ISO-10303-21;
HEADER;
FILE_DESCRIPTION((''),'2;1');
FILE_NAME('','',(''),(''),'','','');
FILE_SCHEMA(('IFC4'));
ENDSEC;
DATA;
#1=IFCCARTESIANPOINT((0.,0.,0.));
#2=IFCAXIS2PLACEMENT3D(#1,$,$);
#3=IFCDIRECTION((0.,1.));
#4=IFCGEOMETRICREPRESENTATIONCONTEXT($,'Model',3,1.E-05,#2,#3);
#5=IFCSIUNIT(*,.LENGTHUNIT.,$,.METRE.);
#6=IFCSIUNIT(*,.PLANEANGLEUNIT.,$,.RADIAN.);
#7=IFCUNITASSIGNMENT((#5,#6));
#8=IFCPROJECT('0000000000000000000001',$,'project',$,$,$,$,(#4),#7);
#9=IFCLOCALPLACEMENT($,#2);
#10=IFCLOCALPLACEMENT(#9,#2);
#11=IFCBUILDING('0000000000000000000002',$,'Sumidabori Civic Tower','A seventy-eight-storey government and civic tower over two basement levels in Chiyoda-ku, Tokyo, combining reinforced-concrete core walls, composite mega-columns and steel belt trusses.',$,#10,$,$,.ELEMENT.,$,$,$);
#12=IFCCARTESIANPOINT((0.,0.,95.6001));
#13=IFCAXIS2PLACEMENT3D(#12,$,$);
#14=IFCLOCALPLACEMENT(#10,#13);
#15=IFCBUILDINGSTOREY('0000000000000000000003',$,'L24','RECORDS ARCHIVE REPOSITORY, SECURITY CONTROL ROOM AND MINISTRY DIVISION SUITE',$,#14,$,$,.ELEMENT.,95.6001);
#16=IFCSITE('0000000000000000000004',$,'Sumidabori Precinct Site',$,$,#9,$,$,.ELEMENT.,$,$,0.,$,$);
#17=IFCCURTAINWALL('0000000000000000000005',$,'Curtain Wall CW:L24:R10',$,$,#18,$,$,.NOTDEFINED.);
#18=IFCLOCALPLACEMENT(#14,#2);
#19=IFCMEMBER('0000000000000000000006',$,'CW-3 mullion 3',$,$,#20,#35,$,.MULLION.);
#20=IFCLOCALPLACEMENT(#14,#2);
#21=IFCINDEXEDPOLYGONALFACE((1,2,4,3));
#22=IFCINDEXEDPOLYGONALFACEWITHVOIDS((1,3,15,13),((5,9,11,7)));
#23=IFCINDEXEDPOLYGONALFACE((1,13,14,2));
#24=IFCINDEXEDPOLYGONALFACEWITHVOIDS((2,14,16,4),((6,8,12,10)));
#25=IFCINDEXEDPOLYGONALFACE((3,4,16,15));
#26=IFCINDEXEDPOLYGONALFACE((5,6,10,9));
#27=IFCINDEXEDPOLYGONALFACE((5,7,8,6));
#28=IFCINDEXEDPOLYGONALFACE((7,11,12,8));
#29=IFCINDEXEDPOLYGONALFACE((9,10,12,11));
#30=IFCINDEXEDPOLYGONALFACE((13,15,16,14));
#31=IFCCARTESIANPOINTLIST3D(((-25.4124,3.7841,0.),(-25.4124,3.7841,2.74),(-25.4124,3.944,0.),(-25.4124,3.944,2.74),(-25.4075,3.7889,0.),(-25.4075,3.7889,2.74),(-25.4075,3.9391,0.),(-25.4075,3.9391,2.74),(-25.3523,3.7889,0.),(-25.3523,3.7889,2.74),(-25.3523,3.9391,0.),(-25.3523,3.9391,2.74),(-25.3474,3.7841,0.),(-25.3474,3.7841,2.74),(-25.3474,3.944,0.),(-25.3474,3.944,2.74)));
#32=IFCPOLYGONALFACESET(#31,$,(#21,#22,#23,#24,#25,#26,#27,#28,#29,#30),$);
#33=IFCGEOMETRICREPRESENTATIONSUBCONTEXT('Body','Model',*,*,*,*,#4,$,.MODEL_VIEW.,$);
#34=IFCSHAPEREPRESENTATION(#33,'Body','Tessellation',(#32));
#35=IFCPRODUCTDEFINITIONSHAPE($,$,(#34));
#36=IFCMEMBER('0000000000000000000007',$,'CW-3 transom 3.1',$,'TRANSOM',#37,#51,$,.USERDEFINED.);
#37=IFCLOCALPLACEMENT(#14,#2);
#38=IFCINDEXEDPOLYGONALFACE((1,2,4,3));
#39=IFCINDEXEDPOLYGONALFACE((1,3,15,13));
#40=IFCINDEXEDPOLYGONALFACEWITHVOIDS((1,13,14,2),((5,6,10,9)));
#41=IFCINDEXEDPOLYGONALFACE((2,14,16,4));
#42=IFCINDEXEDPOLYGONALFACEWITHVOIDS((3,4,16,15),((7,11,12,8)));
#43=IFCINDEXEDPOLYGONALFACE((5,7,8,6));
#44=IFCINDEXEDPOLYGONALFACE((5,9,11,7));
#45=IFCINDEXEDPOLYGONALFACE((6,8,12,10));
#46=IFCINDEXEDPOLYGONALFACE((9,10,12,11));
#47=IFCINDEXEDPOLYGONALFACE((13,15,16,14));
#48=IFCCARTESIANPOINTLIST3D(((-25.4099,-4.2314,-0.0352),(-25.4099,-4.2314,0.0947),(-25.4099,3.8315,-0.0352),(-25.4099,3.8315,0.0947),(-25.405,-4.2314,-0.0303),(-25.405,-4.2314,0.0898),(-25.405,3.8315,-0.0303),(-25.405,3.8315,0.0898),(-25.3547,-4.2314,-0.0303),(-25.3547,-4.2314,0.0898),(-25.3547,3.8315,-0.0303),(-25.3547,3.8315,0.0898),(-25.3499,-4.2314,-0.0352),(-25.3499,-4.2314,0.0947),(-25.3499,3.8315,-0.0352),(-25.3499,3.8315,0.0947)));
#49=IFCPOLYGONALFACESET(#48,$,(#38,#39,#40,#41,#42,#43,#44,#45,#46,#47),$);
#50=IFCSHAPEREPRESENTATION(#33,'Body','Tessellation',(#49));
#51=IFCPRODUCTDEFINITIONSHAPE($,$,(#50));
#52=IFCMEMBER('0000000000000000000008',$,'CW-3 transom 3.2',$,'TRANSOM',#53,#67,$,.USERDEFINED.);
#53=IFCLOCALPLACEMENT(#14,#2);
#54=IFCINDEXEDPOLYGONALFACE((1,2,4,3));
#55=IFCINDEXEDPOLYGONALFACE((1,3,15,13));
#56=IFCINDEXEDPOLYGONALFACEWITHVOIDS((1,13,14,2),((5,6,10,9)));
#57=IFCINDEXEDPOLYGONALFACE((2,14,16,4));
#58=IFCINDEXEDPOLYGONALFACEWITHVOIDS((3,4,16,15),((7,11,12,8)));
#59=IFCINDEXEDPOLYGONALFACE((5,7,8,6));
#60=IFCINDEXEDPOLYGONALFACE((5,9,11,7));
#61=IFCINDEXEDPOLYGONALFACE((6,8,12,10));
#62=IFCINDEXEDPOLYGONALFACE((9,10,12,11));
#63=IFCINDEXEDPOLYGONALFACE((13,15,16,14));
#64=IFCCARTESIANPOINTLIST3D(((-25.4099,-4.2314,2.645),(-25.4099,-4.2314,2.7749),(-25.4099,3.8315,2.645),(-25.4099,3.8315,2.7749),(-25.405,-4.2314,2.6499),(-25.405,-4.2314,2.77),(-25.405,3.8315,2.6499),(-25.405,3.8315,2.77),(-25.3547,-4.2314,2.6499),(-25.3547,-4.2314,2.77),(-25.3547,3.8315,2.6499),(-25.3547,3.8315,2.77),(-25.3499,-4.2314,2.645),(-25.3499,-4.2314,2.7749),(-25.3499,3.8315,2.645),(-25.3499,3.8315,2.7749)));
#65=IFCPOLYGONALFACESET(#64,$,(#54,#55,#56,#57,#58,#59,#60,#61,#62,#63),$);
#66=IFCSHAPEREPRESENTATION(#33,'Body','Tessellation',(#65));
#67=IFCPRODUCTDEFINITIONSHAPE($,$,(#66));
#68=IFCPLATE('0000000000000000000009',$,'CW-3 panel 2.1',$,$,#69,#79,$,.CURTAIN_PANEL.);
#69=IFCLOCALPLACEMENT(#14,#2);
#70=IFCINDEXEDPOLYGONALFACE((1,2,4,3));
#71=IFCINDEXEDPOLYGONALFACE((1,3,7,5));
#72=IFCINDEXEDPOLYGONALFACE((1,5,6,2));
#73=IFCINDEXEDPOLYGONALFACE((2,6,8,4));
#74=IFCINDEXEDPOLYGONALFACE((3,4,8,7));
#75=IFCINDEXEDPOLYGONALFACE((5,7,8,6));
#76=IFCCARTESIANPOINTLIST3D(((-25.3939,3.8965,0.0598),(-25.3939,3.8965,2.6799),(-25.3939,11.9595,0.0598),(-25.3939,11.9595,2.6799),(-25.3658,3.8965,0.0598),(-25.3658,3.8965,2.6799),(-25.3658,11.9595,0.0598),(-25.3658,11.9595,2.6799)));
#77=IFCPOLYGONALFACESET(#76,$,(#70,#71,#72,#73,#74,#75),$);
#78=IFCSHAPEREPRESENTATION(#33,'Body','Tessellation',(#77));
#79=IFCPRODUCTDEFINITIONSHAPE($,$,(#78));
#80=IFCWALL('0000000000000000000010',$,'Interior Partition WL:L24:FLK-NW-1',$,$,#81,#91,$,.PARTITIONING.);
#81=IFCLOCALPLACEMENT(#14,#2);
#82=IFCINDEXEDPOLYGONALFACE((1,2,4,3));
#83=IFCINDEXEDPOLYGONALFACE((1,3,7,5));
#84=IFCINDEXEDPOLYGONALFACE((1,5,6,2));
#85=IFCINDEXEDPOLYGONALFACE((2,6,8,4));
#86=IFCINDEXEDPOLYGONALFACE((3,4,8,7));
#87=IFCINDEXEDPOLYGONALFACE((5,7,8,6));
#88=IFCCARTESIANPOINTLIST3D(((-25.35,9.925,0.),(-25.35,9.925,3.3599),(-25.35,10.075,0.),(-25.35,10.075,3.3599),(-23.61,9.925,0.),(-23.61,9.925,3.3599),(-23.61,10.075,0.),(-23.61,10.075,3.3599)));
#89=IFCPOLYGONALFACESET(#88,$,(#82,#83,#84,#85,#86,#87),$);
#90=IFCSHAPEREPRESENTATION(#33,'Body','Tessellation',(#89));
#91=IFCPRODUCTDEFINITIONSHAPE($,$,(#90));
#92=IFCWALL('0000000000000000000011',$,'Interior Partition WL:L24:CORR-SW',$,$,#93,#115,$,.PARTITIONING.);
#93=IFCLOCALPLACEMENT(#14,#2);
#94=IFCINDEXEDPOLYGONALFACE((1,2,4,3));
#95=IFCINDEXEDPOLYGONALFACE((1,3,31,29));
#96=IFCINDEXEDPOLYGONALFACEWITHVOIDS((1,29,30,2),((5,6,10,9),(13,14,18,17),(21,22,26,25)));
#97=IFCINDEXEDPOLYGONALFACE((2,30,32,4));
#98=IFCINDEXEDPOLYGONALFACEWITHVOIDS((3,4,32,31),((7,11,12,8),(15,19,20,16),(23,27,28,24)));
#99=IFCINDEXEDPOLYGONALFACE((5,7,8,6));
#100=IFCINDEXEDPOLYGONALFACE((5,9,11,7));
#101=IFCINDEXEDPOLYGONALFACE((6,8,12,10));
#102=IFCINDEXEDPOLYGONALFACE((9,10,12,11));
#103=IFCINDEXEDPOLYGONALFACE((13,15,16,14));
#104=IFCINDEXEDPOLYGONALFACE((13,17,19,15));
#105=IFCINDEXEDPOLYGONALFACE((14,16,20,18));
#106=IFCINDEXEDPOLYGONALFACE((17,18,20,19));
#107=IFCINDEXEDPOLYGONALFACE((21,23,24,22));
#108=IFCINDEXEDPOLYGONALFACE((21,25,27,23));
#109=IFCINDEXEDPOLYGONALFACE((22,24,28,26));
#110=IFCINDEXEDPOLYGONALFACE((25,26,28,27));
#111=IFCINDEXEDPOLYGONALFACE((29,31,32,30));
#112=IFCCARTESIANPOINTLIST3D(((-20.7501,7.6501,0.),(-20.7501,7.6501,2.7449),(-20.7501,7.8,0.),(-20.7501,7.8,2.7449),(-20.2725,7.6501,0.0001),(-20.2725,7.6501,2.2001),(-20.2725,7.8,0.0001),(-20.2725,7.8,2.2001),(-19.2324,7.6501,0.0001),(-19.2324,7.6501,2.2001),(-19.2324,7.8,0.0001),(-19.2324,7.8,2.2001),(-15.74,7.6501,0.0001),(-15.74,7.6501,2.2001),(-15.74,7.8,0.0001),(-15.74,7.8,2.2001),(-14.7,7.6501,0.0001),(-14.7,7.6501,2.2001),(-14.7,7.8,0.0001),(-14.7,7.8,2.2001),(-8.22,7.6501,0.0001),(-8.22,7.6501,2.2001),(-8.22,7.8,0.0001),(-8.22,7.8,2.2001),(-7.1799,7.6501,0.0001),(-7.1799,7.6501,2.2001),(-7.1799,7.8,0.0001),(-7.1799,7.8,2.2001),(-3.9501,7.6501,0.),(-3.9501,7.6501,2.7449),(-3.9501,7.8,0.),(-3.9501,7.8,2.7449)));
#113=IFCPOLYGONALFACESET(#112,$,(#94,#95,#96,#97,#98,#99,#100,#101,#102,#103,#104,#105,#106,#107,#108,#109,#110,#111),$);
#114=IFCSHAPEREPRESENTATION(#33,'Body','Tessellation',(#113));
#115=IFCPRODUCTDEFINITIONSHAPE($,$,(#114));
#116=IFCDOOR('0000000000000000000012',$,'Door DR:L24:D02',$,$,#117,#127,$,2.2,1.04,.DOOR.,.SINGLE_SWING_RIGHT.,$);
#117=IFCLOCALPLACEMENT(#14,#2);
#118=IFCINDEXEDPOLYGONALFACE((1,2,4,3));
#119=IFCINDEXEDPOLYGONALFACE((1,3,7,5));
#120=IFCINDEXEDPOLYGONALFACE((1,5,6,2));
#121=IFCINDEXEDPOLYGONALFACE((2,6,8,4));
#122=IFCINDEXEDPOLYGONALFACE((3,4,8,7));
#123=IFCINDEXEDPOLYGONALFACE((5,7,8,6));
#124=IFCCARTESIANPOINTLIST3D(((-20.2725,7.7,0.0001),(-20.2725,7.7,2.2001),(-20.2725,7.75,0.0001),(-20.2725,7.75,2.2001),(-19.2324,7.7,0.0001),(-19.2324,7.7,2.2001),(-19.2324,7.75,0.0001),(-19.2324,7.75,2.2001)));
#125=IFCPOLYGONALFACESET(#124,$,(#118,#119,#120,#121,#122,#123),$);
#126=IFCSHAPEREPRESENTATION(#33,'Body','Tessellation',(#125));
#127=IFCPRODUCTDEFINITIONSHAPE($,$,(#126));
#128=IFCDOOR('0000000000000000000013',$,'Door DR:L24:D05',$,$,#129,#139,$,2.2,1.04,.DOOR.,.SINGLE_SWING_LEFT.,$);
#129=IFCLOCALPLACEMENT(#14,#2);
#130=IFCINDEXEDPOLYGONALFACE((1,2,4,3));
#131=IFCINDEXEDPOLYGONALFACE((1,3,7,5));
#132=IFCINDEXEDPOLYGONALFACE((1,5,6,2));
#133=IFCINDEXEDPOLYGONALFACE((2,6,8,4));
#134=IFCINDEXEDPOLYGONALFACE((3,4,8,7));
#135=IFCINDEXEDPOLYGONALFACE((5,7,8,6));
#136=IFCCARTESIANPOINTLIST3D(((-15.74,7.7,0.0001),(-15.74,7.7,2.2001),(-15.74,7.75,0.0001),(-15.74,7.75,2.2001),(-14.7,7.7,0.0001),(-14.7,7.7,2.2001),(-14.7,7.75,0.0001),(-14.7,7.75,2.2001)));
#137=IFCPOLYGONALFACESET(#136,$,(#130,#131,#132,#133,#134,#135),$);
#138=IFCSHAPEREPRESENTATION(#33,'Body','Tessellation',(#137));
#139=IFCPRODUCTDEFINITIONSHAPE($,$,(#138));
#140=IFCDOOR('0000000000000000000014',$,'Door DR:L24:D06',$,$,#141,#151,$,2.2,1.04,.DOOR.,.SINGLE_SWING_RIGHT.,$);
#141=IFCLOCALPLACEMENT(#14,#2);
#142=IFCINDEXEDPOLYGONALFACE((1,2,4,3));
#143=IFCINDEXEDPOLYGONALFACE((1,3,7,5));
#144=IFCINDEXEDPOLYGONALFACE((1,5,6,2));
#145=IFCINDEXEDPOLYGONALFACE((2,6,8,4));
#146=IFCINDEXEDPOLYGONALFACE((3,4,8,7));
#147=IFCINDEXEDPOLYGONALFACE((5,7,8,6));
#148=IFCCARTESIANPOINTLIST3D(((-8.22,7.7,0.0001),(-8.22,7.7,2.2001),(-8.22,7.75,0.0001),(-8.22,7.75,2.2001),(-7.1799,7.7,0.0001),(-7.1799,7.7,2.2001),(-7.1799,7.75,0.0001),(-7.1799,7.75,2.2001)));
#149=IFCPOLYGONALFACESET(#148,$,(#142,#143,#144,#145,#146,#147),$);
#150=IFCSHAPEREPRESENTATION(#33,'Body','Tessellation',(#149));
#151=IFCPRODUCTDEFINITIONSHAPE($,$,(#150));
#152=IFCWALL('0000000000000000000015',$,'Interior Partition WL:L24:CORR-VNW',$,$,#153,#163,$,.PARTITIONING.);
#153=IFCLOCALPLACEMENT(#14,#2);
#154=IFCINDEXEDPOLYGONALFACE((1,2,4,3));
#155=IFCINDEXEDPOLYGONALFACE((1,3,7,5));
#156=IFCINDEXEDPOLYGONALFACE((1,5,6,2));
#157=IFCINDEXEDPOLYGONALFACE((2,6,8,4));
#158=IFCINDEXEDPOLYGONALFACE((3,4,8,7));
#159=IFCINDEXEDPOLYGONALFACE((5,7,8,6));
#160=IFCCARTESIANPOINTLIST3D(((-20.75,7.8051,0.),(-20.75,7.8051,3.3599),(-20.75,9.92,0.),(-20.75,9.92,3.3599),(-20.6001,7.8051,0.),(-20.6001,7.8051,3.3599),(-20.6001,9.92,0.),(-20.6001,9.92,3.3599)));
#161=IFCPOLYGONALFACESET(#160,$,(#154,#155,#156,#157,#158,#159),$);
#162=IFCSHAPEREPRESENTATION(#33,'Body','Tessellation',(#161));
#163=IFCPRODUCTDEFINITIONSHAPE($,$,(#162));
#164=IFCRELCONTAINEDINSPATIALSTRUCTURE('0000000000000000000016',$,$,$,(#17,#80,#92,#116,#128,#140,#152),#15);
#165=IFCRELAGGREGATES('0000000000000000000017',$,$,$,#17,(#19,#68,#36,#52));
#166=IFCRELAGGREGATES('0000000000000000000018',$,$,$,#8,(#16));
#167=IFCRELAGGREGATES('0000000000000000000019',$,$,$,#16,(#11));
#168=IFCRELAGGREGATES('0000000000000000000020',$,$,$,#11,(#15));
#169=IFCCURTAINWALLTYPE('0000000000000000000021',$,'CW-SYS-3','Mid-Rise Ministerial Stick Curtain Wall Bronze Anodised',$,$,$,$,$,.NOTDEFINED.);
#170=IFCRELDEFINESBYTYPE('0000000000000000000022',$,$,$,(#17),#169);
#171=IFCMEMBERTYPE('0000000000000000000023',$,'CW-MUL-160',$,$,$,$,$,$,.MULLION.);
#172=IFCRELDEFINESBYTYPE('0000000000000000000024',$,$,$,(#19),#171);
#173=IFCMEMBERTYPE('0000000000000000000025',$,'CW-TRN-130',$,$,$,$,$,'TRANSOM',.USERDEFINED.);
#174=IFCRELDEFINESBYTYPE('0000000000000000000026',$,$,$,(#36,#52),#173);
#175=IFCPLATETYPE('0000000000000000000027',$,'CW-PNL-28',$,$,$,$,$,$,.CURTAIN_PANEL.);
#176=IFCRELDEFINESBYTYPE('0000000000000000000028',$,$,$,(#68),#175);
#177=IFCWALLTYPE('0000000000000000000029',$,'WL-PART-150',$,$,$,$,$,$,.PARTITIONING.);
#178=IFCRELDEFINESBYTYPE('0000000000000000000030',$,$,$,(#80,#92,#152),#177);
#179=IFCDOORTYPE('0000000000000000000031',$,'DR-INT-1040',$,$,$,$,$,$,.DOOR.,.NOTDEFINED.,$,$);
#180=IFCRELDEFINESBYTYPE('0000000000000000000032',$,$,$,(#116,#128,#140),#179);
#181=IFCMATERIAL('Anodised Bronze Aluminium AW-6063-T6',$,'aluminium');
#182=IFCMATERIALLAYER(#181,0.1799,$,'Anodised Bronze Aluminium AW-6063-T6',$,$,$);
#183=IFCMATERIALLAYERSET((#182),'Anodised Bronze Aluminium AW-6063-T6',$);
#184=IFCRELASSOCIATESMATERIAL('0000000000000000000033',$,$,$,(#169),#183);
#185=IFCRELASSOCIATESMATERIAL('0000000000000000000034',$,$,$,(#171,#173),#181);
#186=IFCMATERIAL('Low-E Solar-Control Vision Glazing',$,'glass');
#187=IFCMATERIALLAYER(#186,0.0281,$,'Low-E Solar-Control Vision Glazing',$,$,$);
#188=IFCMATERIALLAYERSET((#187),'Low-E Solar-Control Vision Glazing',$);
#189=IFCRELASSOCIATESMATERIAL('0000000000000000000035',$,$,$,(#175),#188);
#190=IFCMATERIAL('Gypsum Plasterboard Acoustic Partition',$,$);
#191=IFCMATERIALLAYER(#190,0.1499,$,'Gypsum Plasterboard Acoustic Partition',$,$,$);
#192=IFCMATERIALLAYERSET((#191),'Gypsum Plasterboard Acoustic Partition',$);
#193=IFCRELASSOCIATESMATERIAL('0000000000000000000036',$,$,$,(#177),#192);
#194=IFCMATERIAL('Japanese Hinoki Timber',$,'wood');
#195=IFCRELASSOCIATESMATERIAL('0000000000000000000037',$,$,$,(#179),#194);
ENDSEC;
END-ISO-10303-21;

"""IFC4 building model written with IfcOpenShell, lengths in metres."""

from ifc_helpers import new_model, si_unit, direction, frame, frame_2d, origin, origin_2d, place, context, subcontext, project, spatial, rectangle, hollow_rectangle, extrude, source, transform, mapped, material, layer, layer_set, material_profile, profile_set, type_object, element, fill, aggregate, save


model = new_model("IFC4")

# Units and contexts
model_context = context("Model", 3, precision=1e-05, world=origin(), true_north=direction((0.0, 1.0)))
body_context = subcontext(model_context, "Body", "Model", "MODEL_VIEW")
ifc_project = project(units=[si_unit("LENGTHUNIT", "METRE"), si_unit("PLANEANGLEUNIT", "RADIAN")], contexts=[model_context])

# Site, building, storey
site_placement = place(None, origin())
site = spatial("IfcSite", under=ifc_project, at=site_placement, Name="Sumidabori Precinct Site", CompositionType="ELEMENT", RefElevation=0.0)
building_placement = place(site_placement, origin())
building = spatial("IfcBuilding", under=site, at=building_placement, Name="Sumidabori Civic Tower", Description="A seventy-eight-storey government and civic tower over two basement levels in Chiyoda-ku, Tokyo, combining reinforced-concrete core walls, composite mega-columns and steel belt trusses.", CompositionType="ELEMENT")
storey_placement = place(building_placement, frame((0.0, 0.0, 95.6001)))
storey = spatial("IfcBuildingStorey", under=building, at=storey_placement, Name="L24", Description="RECORDS ARCHIVE REPOSITORY, SECURITY CONTROL ROOM AND MINISTRY DIVISION SUITE", CompositionType="ELEMENT", Elevation=95.6001)

# Curtain wall, members, plate
ifc_material_1 = material(Name="Anodised Bronze Aluminium AW-6063-T6", Category="aluminium")
ifc_layer_1 = layer(ifc_material_1, 0.1799, Name="Anodised Bronze Aluminium AW-6063-T6")
ifc_layer_set_1 = layer_set([ifc_layer_1], Name="Anodised Bronze Aluminium AW-6063-T6")
curtain_wall_type = type_object("IfcCurtainWallType", Name="CW-SYS-3", Description="Mid-Rise Ministerial Stick Curtain Wall Bronze Anodised", PredefinedType="NOTDEFINED", material=ifc_layer_set_1)
curtain_wall_placement = place(storey_placement, origin())
curtain_wall = element("IfcCurtainWall", 1, at=curtain_wall_placement, inside=storey, type_object=curtain_wall_type, Name="Curtain Wall CW:L24:R10", PredefinedType="NOTDEFINED")
ifc_material_profile_1 = material_profile(ifc_material_1, hollow_rectangle(XDim=0.0649, YDim=0.1599, WallThickness=0.0049, at=origin_2d()), Name="ALU MULLION 160x65")
ifc_profile_set_1 = profile_set([ifc_material_profile_1], Name="Anodised Bronze Aluminium AW-6063-T6")
member_type_1 = type_object("IfcMemberType", Name="CW-MUL-160", PredefinedType="MULLION", material=ifc_profile_set_1)
shared_shape_1 = source(origin(), body_context, "Body", "SweptSolid", [
    extrude(hollow_rectangle(XDim=0.0649, YDim=0.1599, WallThickness=0.0049, at=origin_2d()), origin(), (0.0, 0.0, 1.0), 2.74),
])
member_1_placement = place(storey_placement, frame((-25.3799, 3.864, 0.0), z_axis=(0.0, 0.0, 1.0), x_axis=(1.0, 0.0, 0.0)))
member_1 = element("IfcMember", 2, at=member_1_placement, type_object=member_type_1, Name="CW-3 mullion 3", PredefinedType="MULLION", context=body_context, shape_type="MappedRepresentation", body=[
    mapped(shared_shape_1, transform((0.0, 0.0, 0.0), x_axis=(1.0, 0.0, 0.0), y_axis=(0.0, 1.0, 0.0), z_axis=(0.0, 0.0, 1.0), scale=1.0)),
])
ifc_material_profile_2 = material_profile(ifc_material_1, hollow_rectangle(XDim=0.0601, YDim=0.1299, WallThickness=0.0049, at=origin_2d()), Name="ALU TRANSOM 130x60")
ifc_profile_set_2 = profile_set([ifc_material_profile_2], Name="Anodised Bronze Aluminium AW-6063-T6")
member_type_2 = type_object("IfcMemberType", Name="CW-TRN-130", ElementType="TRANSOM", PredefinedType="USERDEFINED", material=ifc_profile_set_2)
shared_shape_2 = source(origin(), body_context, "Body", "SweptSolid", [
    extrude(hollow_rectangle(XDim=0.0601, YDim=0.1299, WallThickness=0.0049, at=origin_2d()), origin(), (0.0, 0.0, 1.0), 8.063),
])
member_2_placement = place(storey_placement, frame((-25.3799, 3.8315, 0.0298), z_axis=(0.0, -1.0, 0.0), x_axis=(1.0, 0.0, 0.0)))
member_2 = element("IfcMember", 3, at=member_2_placement, type_object=member_type_2, Name="CW-3 transom 3.1", ObjectType="TRANSOM", PredefinedType="USERDEFINED", context=body_context, shape_type="MappedRepresentation", body=[
    mapped(shared_shape_2, transform((0.0, 0.0, 0.0), x_axis=(1.0, 0.0, 0.0), y_axis=(0.0, 1.0, 0.0), z_axis=(0.0, 0.0, 1.0), scale=1.0)),
])
member_3_placement = place(storey_placement, frame((-25.3799, 3.8315, 2.71), z_axis=(0.0, -1.0, 0.0), x_axis=(1.0, 0.0, 0.0)))
member_3 = element("IfcMember", 4, at=member_3_placement, type_object=member_type_2, Name="CW-3 transom 3.2", ObjectType="TRANSOM", PredefinedType="USERDEFINED", context=body_context, shape_type="MappedRepresentation", body=[
    mapped(shared_shape_2, transform((0.0, 0.0, 0.0), x_axis=(1.0, 0.0, 0.0), y_axis=(0.0, 1.0, 0.0), z_axis=(0.0, 0.0, 1.0), scale=1.0)),
])
ifc_material_2 = material(Name="Low-E Solar-Control Vision Glazing", Category="glass")
ifc_layer_2 = layer(ifc_material_2, 0.0281, Name="Low-E Solar-Control Vision Glazing")
ifc_layer_set_2 = layer_set([ifc_layer_2], Name="Low-E Solar-Control Vision Glazing")
plate_type = type_object("IfcPlateType", Name="CW-PNL-28", PredefinedType="CURTAIN_PANEL", material=ifc_layer_set_2)
shared_shape_3 = source(origin(), body_context, "Body", "SweptSolid", [
    extrude(rectangle(XDim=8.063, YDim=0.0281, at=origin_2d()), origin(), (0.0, 0.0, 1.0), 2.6201),
])
plate_placement = place(storey_placement, frame((-25.3799, 7.928, 0.0598), z_axis=(0.0, 0.0, 1.0), x_axis=(0.0, -1.0, 0.0)))
plate = element("IfcPlate", 5, at=plate_placement, type_object=plate_type, Name="CW-3 panel 2.1", PredefinedType="CURTAIN_PANEL", context=body_context, shape_type="MappedRepresentation", body=[
    mapped(shared_shape_3, transform((0.0, 0.0, 0.0), x_axis=(1.0, 0.0, 0.0), y_axis=(0.0, 1.0, 0.0), z_axis=(0.0, 0.0, 1.0), scale=1.0)),
])
aggregate(curtain_wall, [member_1, plate, member_2, member_3])

# Wall
ifc_material_3 = material(Name="Gypsum Plasterboard Acoustic Partition")
ifc_layer_3 = layer(ifc_material_3, 0.1499, Name="Gypsum Plasterboard Acoustic Partition")
ifc_layer_set_3 = layer_set([ifc_layer_3], Name="Gypsum Plasterboard Acoustic Partition")
wall_type_1 = type_object("IfcWallType", Name="WL-PART-150", PredefinedType="PARTITIONING", material=ifc_layer_set_3)
shared_shape_4 = source(origin(), body_context, "Body", "SweptSolid", [
    extrude(rectangle(XDim=1.74, YDim=0.1499, at=frame_2d((0.8701, 0.0))), origin(), (0.0, 0.0, 1.0), 3.3599),
])
wall_1_placement = place(storey_placement, frame((-25.3501, 10.0, 0.0), z_axis=(0.0, 0.0, 1.0), x_axis=(1.0, 0.0, 0.0)))
element("IfcWall", 6, at=wall_1_placement, inside=storey, type_object=wall_type_1, Name="Interior Partition WL:L24:FLK-NW-1", PredefinedType="PARTITIONING", context=body_context, shape_type="MappedRepresentation", body=[
    mapped(shared_shape_4, transform((0.0, 0.0, 0.0), x_axis=(1.0, 0.0, 0.0), y_axis=(0.0, 1.0, 0.0), z_axis=(0.0, 0.0, 1.0), scale=1.0)),
])

# Shared definitions
ifc_material_4 = material(Name="Japanese Hinoki Timber", Category="wood")

# Wall, openings, doors
shared_shape_5 = source(origin(), body_context, "Body", "SweptSolid", [
    extrude(rectangle(XDim=16.8, YDim=0.1499, at=frame_2d((8.3999, 0.0))), origin(), (0.0, 0.0, 1.0), 2.7449),
])
wall_2_placement = place(storey_placement, frame((-20.75, 7.7251, 0.0), z_axis=(0.0, 0.0, 1.0), x_axis=(1.0, 0.0, 0.0)))
wall_2 = element("IfcWall", 7, at=wall_2_placement, inside=storey, type_object=wall_type_1, Name="Interior Partition WL:L24:CORR-SW", PredefinedType="PARTITIONING", context=body_context, shape_type="MappedRepresentation", body=[
    mapped(shared_shape_5, transform((0.0, 0.0, 0.0), x_axis=(1.0, 0.0, 0.0), y_axis=(0.0, 1.0, 0.0), z_axis=(0.0, 0.0, 1.0), scale=1.0)),
])
opening_1_placement = place(wall_2_placement, frame((0.4775, 0.0, 0.0)))
opening_1 = element("IfcOpeningElement", 8, at=opening_1_placement, cuts=wall_2, PredefinedType="OPENING", context=body_context, shape_type="SweptSolid", body=[
    extrude(rectangle(XDim=1.04, YDim=2.2, at=frame_2d((0.52, 1.1001))), frame((0.0, 0.0869, 0.0), z_axis=(0.0, -1.0, 0.0), x_axis=(1.0, 0.0, 0.0)), (0.0, 0.0, 1.0), 0.1738),
])
opening_2_placement = place(wall_2_placement, frame((5.01, 0.0, 0.0)))
opening_2 = element("IfcOpeningElement", 9, at=opening_2_placement, cuts=wall_2, PredefinedType="OPENING", context=body_context, shape_type="SweptSolid", body=[
    extrude(rectangle(XDim=1.04, YDim=2.2, at=frame_2d((0.52, 1.1001))), frame((0.0, 0.0869, 0.0), z_axis=(0.0, -1.0, 0.0), x_axis=(1.0, 0.0, 0.0)), (0.0, 0.0, 1.0), 0.1738),
])
opening_3_placement = place(wall_2_placement, frame((12.53, 0.0, 0.0)))
opening_3 = element("IfcOpeningElement", 10, at=opening_3_placement, cuts=wall_2, PredefinedType="OPENING", context=body_context, shape_type="SweptSolid", body=[
    extrude(rectangle(XDim=1.04, YDim=2.2, at=frame_2d((0.52, 1.1001))), frame((0.0, 0.0869, 0.0), z_axis=(0.0, -1.0, 0.0), x_axis=(1.0, 0.0, 0.0)), (0.0, 0.0, 1.0), 0.1738),
])
door_type_1 = type_object("IfcDoorType", Name="DR-INT-1040", OperationType="NOTDEFINED", PredefinedType="DOOR", material=ifc_material_4)
shared_shape_6 = source(origin(), body_context, "Body", "SweptSolid", [
    extrude(rectangle(XDim=1.04, YDim=2.2, at=frame_2d((0.52, 1.1001))), frame((0.0, 0.0249, 0.0), z_axis=(0.0, -1.0, 0.0), x_axis=(1.0, 0.0, 0.0)), (0.0, 0.0, 1.0), 0.05),
])
door_1_placement = place(opening_1_placement, origin())
door_1 = element("IfcDoor", 11, at=door_1_placement, inside=storey, type_object=door_type_1, Name="Door DR:L24:D02", OperationType="SINGLE_SWING_RIGHT", OverallHeight=2.2, OverallWidth=1.04, PredefinedType="DOOR", context=body_context, shape_type="MappedRepresentation", body=[
    mapped(shared_shape_6, transform((0.0, 0.0, 0.0), x_axis=(1.0, 0.0, 0.0), y_axis=(0.0, 1.0, 0.0), z_axis=(0.0, 0.0, 1.0), scale=1.0)),
])
fill(opening_1, door_1)
door_2_placement = place(opening_2_placement, origin())
door_2 = element("IfcDoor", 12, at=door_2_placement, inside=storey, type_object=door_type_1, Name="Door DR:L24:D05", OperationType="SINGLE_SWING_LEFT", OverallHeight=2.2, OverallWidth=1.04, PredefinedType="DOOR", context=body_context, shape_type="MappedRepresentation", body=[
    mapped(shared_shape_6, transform((0.0, 0.0, 0.0), x_axis=(1.0, 0.0, 0.0), y_axis=(0.0, 1.0, 0.0), z_axis=(0.0, 0.0, 1.0), scale=1.0)),
])
fill(opening_2, door_2)
door_3_placement = place(opening_3_placement, origin())
door_3 = element("IfcDoor", 13, at=door_3_placement, inside=storey, type_object=door_type_1, Name="Door DR:L24:D06", OperationType="SINGLE_SWING_RIGHT", OverallHeight=2.2, OverallWidth=1.04, PredefinedType="DOOR", context=body_context, shape_type="MappedRepresentation", body=[
    mapped(shared_shape_6, transform((0.0, 0.0, 0.0), x_axis=(1.0, 0.0, 0.0), y_axis=(0.0, 1.0, 0.0), z_axis=(0.0, 0.0, 1.0), scale=1.0)),
])
fill(opening_3, door_3)

# Wall
shared_shape_7 = source(origin(), body_context, "Body", "SweptSolid", [
    extrude(rectangle(XDim=2.115, YDim=0.1499, at=frame_2d((1.0576, 0.0))), origin(), (0.0, 0.0, 1.0), 3.3599),
])
wall_3_placement = place(storey_placement, frame((-20.675, 7.8049, 0.0), z_axis=(0.0, 0.0, 1.0), x_axis=(0.0, 1.0, 0.0)))
element("IfcWall", 14, at=wall_3_placement, inside=storey, type_object=wall_type_1, Name="Interior Partition WL:L24:CORR-VNW", PredefinedType="PARTITIONING", context=body_context, shape_type="MappedRepresentation", body=[
    mapped(shared_shape_7, transform((0.0, 0.0, 0.0), x_axis=(1.0, 0.0, 0.0), y_axis=(0.0, 1.0, 0.0), z_axis=(0.0, 0.0, 1.0), scale=1.0)),
])

save(model, "model.ifc")
